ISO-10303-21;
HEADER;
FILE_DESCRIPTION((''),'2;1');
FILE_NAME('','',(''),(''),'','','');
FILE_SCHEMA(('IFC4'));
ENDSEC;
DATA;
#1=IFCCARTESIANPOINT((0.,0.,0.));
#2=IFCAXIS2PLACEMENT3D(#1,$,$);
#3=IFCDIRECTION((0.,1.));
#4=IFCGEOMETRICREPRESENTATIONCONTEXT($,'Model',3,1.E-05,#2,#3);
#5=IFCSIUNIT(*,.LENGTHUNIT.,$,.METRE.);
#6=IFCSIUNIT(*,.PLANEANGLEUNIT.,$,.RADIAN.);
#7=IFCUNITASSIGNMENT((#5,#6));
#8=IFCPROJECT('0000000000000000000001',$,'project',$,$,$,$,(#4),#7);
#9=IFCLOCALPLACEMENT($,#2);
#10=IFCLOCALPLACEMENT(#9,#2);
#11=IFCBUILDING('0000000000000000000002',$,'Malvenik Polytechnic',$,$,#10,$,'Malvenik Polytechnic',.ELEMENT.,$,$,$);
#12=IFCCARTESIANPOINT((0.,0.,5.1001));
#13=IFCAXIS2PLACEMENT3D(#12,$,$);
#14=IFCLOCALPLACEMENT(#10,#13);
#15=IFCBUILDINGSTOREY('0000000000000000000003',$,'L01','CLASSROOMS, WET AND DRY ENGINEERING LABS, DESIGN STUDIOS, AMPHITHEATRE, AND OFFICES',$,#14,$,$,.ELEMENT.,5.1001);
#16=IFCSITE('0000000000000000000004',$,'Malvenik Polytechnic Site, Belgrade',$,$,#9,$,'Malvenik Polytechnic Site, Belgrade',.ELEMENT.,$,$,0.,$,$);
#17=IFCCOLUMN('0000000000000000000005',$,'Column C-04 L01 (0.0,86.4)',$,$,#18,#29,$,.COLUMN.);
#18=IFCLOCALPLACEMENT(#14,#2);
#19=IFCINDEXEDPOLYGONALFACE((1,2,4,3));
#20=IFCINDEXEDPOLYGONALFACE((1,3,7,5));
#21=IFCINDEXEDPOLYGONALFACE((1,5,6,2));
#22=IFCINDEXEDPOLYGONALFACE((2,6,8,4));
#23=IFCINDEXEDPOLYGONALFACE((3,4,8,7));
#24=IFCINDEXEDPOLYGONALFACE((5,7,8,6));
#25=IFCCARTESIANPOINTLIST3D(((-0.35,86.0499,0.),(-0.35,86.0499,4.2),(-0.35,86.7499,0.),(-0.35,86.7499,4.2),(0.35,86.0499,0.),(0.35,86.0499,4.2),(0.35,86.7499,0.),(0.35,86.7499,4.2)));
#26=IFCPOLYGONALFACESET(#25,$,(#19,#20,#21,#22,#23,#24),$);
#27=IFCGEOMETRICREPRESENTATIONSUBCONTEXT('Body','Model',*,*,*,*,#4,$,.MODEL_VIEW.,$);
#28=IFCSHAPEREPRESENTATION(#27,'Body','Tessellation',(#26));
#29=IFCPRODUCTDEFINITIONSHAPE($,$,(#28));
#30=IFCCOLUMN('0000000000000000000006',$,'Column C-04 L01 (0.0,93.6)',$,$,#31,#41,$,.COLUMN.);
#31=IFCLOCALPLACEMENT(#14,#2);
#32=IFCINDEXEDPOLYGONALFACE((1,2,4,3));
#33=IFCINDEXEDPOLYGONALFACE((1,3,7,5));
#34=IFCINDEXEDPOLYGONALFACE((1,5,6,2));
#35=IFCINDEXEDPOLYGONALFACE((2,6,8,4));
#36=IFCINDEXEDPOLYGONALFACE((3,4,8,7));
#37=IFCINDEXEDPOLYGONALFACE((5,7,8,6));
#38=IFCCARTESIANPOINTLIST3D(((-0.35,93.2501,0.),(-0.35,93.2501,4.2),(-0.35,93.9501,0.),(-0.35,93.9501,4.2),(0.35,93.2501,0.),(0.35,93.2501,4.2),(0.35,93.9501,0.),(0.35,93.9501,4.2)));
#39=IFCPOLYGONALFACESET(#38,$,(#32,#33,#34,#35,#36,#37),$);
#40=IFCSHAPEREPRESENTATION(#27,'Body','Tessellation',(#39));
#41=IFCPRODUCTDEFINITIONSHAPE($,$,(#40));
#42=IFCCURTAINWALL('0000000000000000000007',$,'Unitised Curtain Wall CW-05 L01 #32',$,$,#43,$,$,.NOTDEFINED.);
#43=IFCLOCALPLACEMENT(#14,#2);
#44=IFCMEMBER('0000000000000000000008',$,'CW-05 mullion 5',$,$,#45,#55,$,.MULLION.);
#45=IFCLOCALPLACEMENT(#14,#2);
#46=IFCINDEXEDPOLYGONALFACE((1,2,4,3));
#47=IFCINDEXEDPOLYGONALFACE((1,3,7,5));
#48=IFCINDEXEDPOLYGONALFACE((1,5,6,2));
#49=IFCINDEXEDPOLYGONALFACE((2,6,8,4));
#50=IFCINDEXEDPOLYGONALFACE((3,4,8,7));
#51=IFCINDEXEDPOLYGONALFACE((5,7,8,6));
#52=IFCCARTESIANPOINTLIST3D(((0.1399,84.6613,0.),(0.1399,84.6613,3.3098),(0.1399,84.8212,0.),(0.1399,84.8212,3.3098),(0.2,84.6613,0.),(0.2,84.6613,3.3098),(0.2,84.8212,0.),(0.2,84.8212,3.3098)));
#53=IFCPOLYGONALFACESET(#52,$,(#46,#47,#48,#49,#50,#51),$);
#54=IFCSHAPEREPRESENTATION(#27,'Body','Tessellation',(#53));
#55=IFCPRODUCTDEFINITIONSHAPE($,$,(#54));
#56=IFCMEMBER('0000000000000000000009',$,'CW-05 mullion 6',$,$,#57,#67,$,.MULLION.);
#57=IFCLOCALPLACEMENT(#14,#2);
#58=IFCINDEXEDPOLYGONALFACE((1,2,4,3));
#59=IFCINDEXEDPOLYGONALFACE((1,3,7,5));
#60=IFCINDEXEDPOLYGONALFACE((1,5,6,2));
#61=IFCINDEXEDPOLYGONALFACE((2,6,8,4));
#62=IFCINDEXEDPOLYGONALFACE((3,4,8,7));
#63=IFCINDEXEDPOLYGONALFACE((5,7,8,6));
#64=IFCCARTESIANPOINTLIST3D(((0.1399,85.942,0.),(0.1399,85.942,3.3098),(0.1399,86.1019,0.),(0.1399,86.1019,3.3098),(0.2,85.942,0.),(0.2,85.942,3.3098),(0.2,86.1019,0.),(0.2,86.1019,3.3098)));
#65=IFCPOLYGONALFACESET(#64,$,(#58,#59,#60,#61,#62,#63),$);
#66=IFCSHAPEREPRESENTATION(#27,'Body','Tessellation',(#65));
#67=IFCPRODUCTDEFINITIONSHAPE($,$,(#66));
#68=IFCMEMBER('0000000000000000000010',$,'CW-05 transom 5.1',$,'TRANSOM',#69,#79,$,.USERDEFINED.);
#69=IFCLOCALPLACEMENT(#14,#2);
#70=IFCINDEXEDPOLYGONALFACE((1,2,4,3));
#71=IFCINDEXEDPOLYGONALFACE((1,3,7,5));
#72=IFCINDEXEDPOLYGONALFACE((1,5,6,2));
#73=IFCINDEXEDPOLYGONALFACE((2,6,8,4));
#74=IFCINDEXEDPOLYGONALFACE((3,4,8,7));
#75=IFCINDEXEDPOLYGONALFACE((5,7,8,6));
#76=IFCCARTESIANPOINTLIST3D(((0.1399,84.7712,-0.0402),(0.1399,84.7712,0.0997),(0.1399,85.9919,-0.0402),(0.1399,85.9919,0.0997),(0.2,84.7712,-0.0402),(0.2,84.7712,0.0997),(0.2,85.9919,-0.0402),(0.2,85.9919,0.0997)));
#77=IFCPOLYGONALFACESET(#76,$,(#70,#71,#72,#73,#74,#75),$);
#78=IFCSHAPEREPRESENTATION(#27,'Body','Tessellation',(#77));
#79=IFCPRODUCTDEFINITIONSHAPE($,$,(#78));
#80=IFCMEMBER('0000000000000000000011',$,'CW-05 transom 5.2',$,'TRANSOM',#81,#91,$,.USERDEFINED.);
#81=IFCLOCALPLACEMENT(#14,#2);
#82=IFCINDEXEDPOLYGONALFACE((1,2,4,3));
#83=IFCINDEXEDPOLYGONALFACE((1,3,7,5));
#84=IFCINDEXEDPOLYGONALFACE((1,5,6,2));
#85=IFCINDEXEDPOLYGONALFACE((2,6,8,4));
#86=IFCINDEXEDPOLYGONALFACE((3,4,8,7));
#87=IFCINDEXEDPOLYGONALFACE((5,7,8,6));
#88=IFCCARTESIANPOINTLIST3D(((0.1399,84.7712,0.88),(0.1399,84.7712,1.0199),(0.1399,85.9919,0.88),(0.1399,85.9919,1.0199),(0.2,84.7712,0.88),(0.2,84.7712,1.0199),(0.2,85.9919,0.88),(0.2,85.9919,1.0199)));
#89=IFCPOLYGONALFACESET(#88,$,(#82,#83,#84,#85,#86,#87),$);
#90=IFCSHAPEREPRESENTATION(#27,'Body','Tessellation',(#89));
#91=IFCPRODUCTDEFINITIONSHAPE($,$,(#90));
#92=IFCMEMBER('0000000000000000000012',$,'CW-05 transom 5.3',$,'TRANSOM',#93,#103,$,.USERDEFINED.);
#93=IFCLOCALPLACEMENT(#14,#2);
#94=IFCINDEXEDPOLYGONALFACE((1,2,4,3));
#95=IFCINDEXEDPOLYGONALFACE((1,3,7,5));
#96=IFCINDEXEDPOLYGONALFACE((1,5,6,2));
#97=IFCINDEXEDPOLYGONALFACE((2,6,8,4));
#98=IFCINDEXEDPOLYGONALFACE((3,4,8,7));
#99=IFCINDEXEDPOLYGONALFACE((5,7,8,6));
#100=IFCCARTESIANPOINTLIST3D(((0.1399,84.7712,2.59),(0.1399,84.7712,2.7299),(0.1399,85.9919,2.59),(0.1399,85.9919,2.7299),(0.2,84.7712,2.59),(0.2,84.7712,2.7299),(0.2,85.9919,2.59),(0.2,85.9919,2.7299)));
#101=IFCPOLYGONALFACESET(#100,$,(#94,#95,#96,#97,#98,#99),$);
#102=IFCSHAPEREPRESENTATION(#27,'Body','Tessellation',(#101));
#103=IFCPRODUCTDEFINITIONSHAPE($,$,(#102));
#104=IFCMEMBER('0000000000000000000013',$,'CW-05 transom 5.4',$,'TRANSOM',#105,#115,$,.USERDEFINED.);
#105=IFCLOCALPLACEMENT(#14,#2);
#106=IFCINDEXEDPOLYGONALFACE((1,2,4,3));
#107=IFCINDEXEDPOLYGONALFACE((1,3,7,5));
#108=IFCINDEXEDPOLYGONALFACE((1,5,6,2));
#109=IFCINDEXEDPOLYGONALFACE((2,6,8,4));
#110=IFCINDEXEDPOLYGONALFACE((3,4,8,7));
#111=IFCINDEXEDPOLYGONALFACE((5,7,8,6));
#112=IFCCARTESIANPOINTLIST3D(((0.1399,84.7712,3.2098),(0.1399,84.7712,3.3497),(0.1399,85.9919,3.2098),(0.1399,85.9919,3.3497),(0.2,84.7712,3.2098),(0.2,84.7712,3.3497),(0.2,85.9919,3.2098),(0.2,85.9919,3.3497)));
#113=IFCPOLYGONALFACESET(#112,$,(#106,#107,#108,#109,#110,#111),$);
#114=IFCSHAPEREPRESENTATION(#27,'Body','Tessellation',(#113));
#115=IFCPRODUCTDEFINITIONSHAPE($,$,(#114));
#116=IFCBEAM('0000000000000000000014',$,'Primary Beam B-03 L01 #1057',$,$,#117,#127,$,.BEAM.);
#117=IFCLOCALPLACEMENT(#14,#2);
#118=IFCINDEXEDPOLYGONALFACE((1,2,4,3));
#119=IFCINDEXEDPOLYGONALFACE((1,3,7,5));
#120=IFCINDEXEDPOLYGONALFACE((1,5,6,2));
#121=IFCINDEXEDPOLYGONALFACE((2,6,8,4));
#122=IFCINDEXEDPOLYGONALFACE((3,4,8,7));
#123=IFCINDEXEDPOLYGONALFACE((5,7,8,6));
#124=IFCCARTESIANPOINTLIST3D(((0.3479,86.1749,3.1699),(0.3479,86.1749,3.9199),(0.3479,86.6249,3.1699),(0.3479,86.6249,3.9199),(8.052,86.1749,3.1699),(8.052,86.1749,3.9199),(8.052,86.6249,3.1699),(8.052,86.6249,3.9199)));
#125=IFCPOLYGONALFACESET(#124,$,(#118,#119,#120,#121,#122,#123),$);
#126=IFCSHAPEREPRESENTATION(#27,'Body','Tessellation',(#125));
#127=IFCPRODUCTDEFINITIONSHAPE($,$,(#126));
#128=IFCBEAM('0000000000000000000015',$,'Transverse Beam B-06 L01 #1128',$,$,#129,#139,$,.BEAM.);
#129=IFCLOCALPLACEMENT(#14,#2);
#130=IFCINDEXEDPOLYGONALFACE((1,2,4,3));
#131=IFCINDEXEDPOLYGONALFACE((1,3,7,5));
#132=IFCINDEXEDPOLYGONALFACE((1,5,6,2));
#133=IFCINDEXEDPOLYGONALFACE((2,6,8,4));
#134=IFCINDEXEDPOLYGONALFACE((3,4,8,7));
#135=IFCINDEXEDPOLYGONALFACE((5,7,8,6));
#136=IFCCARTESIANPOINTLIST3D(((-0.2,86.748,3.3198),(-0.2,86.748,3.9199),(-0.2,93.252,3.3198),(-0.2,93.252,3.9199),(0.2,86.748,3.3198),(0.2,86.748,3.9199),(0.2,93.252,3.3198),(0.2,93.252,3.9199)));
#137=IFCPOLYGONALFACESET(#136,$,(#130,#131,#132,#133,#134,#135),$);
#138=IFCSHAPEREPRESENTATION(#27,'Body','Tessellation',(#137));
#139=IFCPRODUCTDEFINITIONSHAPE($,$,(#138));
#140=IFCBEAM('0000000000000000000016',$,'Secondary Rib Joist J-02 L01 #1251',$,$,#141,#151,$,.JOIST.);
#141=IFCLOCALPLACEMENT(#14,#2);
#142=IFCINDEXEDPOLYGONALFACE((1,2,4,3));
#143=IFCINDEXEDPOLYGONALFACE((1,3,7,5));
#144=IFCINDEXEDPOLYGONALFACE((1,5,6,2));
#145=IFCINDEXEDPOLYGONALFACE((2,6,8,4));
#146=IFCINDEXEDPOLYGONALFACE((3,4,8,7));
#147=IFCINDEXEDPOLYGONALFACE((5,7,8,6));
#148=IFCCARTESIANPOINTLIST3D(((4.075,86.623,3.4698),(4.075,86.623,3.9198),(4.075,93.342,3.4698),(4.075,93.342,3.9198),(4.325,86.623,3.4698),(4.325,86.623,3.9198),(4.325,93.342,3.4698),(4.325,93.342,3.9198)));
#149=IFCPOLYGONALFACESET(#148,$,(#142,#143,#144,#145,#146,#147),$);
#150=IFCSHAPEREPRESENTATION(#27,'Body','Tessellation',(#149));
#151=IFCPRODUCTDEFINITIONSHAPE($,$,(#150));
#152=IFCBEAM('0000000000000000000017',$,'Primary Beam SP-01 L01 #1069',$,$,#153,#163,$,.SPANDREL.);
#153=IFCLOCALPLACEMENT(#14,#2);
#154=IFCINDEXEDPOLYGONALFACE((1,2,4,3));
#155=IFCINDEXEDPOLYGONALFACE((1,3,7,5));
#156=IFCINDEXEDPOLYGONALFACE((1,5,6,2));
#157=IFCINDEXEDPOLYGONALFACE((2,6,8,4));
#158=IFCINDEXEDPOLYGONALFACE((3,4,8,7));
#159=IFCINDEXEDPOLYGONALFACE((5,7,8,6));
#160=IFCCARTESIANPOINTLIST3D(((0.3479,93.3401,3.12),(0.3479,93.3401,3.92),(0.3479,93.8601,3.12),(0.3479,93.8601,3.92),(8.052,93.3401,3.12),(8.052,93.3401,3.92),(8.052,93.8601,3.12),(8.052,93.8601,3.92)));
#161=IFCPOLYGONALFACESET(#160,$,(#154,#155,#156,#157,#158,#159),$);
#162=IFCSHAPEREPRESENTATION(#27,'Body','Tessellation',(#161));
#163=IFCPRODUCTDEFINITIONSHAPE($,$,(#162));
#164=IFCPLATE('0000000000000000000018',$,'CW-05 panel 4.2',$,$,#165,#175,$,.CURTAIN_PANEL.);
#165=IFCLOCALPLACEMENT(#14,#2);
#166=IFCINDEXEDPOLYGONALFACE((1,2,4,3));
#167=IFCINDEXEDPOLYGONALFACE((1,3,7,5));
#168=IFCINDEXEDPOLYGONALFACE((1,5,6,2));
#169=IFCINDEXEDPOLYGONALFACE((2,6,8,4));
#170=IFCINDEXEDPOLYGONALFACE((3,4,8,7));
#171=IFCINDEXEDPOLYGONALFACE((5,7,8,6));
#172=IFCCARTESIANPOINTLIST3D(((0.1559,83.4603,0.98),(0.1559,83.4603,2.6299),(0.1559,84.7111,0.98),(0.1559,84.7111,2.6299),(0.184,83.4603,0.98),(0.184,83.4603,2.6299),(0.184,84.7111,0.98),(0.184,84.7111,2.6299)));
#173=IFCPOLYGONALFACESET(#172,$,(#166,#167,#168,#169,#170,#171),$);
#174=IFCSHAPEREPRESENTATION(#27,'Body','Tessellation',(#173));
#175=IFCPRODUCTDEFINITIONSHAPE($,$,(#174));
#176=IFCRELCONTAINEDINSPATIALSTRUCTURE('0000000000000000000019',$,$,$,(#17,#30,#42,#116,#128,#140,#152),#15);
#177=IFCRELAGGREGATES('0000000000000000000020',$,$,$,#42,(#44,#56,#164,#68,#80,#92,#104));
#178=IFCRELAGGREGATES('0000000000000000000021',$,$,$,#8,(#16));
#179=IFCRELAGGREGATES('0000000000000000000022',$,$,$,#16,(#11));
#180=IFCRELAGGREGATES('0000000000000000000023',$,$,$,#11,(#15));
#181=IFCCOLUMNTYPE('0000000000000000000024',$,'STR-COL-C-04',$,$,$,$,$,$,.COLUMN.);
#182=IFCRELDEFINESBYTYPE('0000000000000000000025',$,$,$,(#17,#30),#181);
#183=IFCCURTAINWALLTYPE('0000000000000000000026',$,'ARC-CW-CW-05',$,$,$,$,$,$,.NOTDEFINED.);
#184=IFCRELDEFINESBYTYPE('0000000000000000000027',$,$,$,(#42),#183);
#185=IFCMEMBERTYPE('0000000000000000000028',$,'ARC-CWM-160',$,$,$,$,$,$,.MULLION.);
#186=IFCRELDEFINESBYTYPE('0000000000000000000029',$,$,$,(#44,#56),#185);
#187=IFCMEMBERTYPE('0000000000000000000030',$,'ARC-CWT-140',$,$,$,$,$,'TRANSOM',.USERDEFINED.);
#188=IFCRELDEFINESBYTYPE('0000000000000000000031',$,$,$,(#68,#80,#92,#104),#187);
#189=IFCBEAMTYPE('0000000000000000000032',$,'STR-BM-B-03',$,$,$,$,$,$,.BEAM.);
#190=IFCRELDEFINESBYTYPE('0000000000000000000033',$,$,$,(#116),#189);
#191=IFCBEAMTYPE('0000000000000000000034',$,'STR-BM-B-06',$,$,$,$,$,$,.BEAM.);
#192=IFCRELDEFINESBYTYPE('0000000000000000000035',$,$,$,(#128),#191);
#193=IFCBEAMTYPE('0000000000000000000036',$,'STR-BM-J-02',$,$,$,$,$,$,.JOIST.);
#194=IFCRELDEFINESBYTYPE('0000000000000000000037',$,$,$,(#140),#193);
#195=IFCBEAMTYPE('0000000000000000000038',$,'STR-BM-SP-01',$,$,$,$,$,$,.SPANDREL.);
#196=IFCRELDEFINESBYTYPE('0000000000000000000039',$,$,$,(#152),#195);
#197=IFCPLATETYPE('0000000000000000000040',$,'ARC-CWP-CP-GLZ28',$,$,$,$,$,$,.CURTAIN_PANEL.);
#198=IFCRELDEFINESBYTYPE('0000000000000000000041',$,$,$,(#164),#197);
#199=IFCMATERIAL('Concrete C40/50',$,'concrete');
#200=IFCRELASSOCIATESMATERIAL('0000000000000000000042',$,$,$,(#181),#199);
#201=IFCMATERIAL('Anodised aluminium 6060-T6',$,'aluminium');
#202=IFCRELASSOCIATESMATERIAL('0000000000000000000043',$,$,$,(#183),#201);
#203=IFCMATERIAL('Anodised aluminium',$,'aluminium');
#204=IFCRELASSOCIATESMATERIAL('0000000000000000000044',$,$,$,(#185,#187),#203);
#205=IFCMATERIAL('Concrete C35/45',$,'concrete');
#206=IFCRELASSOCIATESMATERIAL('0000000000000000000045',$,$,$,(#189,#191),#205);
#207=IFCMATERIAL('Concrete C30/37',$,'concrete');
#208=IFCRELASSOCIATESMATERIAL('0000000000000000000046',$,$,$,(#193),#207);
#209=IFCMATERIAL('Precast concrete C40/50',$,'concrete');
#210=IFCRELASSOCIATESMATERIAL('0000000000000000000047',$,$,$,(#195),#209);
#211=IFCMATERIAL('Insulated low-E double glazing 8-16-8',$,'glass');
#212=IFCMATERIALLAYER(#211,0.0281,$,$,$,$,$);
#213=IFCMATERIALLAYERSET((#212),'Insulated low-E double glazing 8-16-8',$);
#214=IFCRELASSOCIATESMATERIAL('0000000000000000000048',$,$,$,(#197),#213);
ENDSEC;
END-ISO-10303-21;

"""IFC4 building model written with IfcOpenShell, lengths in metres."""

from ifc_helpers import new_model, si_unit, direction, frame, origin, origin_2d, place, context, subcontext, project, spatial, rectangle, extrude, material, layer, layer_set, material_profile, profile_set, type_object, element, aggregate, save


model = new_model("IFC4")

# Units and contexts
model_context = context("Model", 3, precision=1e-05, world=origin(), true_north=direction((0.0, 1.0)))
body_context = subcontext(model_context, "Body", "Model", "MODEL_VIEW")
ifc_project = project(units=[si_unit("LENGTHUNIT", "METRE"), si_unit("PLANEANGLEUNIT", "RADIAN")], contexts=[model_context])

# Site, building, storey
site_placement = place(None, origin())
site = spatial("IfcSite", under=ifc_project, at=site_placement, Name="Malvenik Polytechnic Site, Belgrade", LongName="Malvenik Polytechnic Site, Belgrade", CompositionType="ELEMENT", RefElevation=0.0)
building_placement = place(site_placement, origin())
building = spatial("IfcBuilding", under=site, at=building_placement, Name="Malvenik Polytechnic", LongName="Malvenik Polytechnic", CompositionType="ELEMENT")
storey_placement = place(building_placement, frame((0.0, 0.0, 5.1001)))
storey = spatial("IfcBuildingStorey", under=building, at=storey_placement, Name="L01", Description="CLASSROOMS, WET AND DRY ENGINEERING LABS, DESIGN STUDIOS, AMPHITHEATRE, AND OFFICES", CompositionType="ELEMENT", Elevation=5.1001)

# Columns
ifc_material_1 = material(Name="Concrete C40/50", Category="concrete")
ifc_material_profile_1 = material_profile(ifc_material_1, rectangle(XDim=0.7, YDim=0.7, at=origin_2d()), Name="RC COL 700x700")
ifc_profile_set_1 = profile_set([ifc_material_profile_1], Name="Concrete C40/50")
column_type = type_object("IfcColumnType", Name="STR-COL-C-04", PredefinedType="COLUMN", material=ifc_profile_set_1)
for number, where, z_axis, x_axis, name in (
    (1, (0.0, 86.3999, 0.0), (0.0, 0.0, 1.0), (1.0, 0.0, 0.0), "Column C-04 L01 (0.0,86.4)"),
    (2, (0.0, 93.6001, 0.0), (0.0, 0.0, 1.0), (1.0, 0.0, 0.0), "Column C-04 L01 (0.0,93.6)"),
):
    element("IfcColumn", number, at=place(storey_placement, frame(where, z_axis=z_axis, x_axis=x_axis)), inside=storey, type_object=column_type, Name=name, PredefinedType="COLUMN", context=body_context, shape_type="SweptSolid", body=[
        extrude(rectangle(XDim=0.7, YDim=0.7, at=origin_2d()), origin(), (0.0, 0.0, 1.0), 4.2),
    ])

# Curtain wall, members
ifc_material_2 = material(Name="Anodised aluminium 6060-T6", Category="aluminium")
curtain_wall_type = type_object("IfcCurtainWallType", Name="ARC-CW-CW-05", PredefinedType="NOTDEFINED", material=ifc_material_2)
curtain_wall_placement = place(storey_placement, origin())
curtain_wall = element("IfcCurtainWall", 3, at=curtain_wall_placement, inside=storey, type_object=curtain_wall_type, Name="Unitised Curtain Wall CW-05 L01 #32", PredefinedType="NOTDEFINED")
ifc_material_3 = material(Name="Anodised aluminium", Category="aluminium")
ifc_material_profile_2 = material_profile(ifc_material_3, rectangle(XDim=0.0601, YDim=0.1599, at=origin_2d()), Name="ALU MULLION 60x160")
ifc_profile_set_2 = profile_set([ifc_material_profile_2], Name="Anodised aluminium")
member_type_1 = type_object("IfcMemberType", Name="ARC-CWM-160", PredefinedType="MULLION", material=ifc_profile_set_2)
member_1_placement = place(storey_placement, frame((0.1699, 84.7412, 0.0), z_axis=(0.0, 0.0, 1.0), x_axis=(-1.0, 0.0, 0.0)))
member_1 = element("IfcMember", 4, at=member_1_placement, type_object=member_type_1, Name="CW-05 mullion 5", PredefinedType="MULLION", context=body_context, shape_type="SweptSolid", body=[
    extrude(rectangle(XDim=0.0601, YDim=0.1599, at=origin_2d()), origin(), (0.0, 0.0, 1.0), 3.3098),
])
member_2_placement = place(storey_placement, frame((0.1699, 86.022, 0.0), z_axis=(0.0, 0.0, 1.0), x_axis=(-1.0, 0.0, 0.0)))
member_2 = element("IfcMember", 5, at=member_2_placement, type_object=member_type_1, Name="CW-05 mullion 6", PredefinedType="MULLION", context=body_context, shape_type="SweptSolid", body=[
    extrude(rectangle(XDim=0.0601, YDim=0.1599, at=origin_2d()), origin(), (0.0, 0.0, 1.0), 3.3098),
])
ifc_material_profile_3 = material_profile(ifc_material_3, rectangle(XDim=0.0601, YDim=0.1399, at=origin_2d()), Name="ALU TRANSOM 60x140")
ifc_profile_set_3 = profile_set([ifc_material_profile_3], Name="Anodised aluminium")
member_type_2 = type_object("IfcMemberType", Name="ARC-CWT-140", ElementType="TRANSOM", PredefinedType="USERDEFINED", material=ifc_profile_set_3)
member_3_placement = place(storey_placement, frame((0.1699, 84.7712, 0.0298), z_axis=(0.0, 1.0, 0.0), x_axis=(-1.0, 0.0, 0.0)))
member_3 = element("IfcMember", 6, at=member_3_placement, type_object=member_type_2, Name="CW-05 transom 5.1", ObjectType="TRANSOM", PredefinedType="USERDEFINED", context=body_context, shape_type="SweptSolid", body=[
    extrude(rectangle(XDim=0.0601, YDim=0.1399, at=origin_2d()), origin(), (0.0, 0.0, 1.0), 1.2207),
])
member_4_placement = place(storey_placement, frame((0.1699, 84.7712, 0.95), z_axis=(0.0, 1.0, 0.0), x_axis=(-1.0, 0.0, 0.0)))
member_4 = element("IfcMember", 7, at=member_4_placement, type_object=member_type_2, Name="CW-05 transom 5.2", ObjectType="TRANSOM", PredefinedType="USERDEFINED", context=body_context, shape_type="SweptSolid", body=[
    extrude(rectangle(XDim=0.0601, YDim=0.1399, at=origin_2d()), origin(), (0.0, 0.0, 1.0), 1.2207),
])
member_5_placement = place(storey_placement, frame((0.1699, 84.7712, 2.6599), z_axis=(0.0, 1.0, 0.0), x_axis=(-1.0, 0.0, 0.0)))
member_5 = element("IfcMember", 8, at=member_5_placement, type_object=member_type_2, Name="CW-05 transom 5.3", ObjectType="TRANSOM", PredefinedType="USERDEFINED", context=body_context, shape_type="SweptSolid", body=[
    extrude(rectangle(XDim=0.0601, YDim=0.1399, at=origin_2d()), origin(), (0.0, 0.0, 1.0), 1.2207),
])
member_6_placement = place(storey_placement, frame((0.1699, 84.7712, 3.2798), z_axis=(0.0, 1.0, 0.0), x_axis=(-1.0, 0.0, 0.0)))
member_6 = element("IfcMember", 9, at=member_6_placement, type_object=member_type_2, Name="CW-05 transom 5.4", ObjectType="TRANSOM", PredefinedType="USERDEFINED", context=body_context, shape_type="SweptSolid", body=[
    extrude(rectangle(XDim=0.0601, YDim=0.1399, at=origin_2d()), origin(), (0.0, 0.0, 1.0), 1.2207),
])

# Beams
ifc_material_4 = material(Name="Concrete C35/45", Category="concrete")
ifc_material_profile_4 = material_profile(ifc_material_4, rectangle(XDim=0.45, YDim=0.75, at=origin_2d()), Name="RC BM 450x750")
ifc_profile_set_4 = profile_set([ifc_material_profile_4], Name="Concrete C35/45")
beam_type_1 = type_object("IfcBeamType", Name="STR-BM-B-03", PredefinedType="BEAM", material=ifc_profile_set_4)
beam_1_placement = place(storey_placement, frame((0.3479, 86.3999, 3.5449), z_axis=(1.0, 0.0, 0.0), x_axis=(0.0, 1.0, 0.0)))
element("IfcBeam", 10, at=beam_1_placement, inside=storey, type_object=beam_type_1, Name="Primary Beam B-03 L01 #1057", PredefinedType="BEAM", context=body_context, shape_type="SweptSolid", body=[
    extrude(rectangle(XDim=0.45, YDim=0.75, at=origin_2d()), origin(), (0.0, 0.0, 1.0), 7.7041),
])
ifc_material_profile_5 = material_profile(ifc_material_4, rectangle(XDim=0.3999, YDim=0.6001, at=origin_2d()), Name="RC BM 400x600")
ifc_profile_set_5 = profile_set([ifc_material_profile_5], Name="Concrete C35/45")
beam_type_2 = type_object("IfcBeamType", Name="STR-BM-B-06", PredefinedType="BEAM", material=ifc_profile_set_5)
beam_2_placement = place(storey_placement, frame((0.0, 86.748, 3.6199), z_axis=(0.0, 1.0, 0.0), x_axis=(-1.0, 0.0, 0.0)))
element("IfcBeam", 11, at=beam_2_placement, inside=storey, type_object=beam_type_2, Name="Transverse Beam B-06 L01 #1128", PredefinedType="BEAM", context=body_context, shape_type="SweptSolid", body=[
    extrude(rectangle(XDim=0.3999, YDim=0.6001, at=origin_2d()), origin(), (0.0, 0.0, 1.0), 6.5039),
])
ifc_material_5 = material(Name="Concrete C30/37", Category="concrete")
ifc_material_profile_6 = material_profile(ifc_material_5, rectangle(XDim=0.25, YDim=0.45, at=origin_2d()), Name="RC JST 250x450")
ifc_profile_set_6 = profile_set([ifc_material_profile_6], Name="Concrete C30/37")
beam_type_3 = type_object("IfcBeamType", Name="STR-BM-J-02", PredefinedType="JOIST", material=ifc_profile_set_6)
beam_3_placement = place(storey_placement, frame((4.2, 86.623, 3.6948), z_axis=(0.0, 1.0, 0.0), x_axis=(-1.0, 0.0, 0.0)))
element("IfcBeam", 12, at=beam_3_placement, inside=storey, type_object=beam_type_3, Name="Secondary Rib Joist J-02 L01 #1251", PredefinedType="JOIST", context=body_context, shape_type="SweptSolid", body=[
    extrude(rectangle(XDim=0.25, YDim=0.45, at=origin_2d()), origin(), (0.0, 0.0, 1.0), 6.719),
])
ifc_material_6 = material(Name="Precast concrete C40/50", Category="concrete")
ifc_material_profile_7 = material_profile(ifc_material_6, rectangle(XDim=0.52, YDim=0.8, at=origin_2d()), Name="PC SPN 520x800")
ifc_profile_set_7 = profile_set([ifc_material_profile_7], Name="Precast concrete C40/50")
beam_type_4 = type_object("IfcBeamType", Name="STR-BM-SP-01", PredefinedType="SPANDREL", material=ifc_profile_set_7)
beam_4_placement = place(storey_placement, frame((0.3479, 93.6001, 3.52), z_axis=(1.0, 0.0, 0.0), x_axis=(0.0, 1.0, 0.0)))
element("IfcBeam", 13, at=beam_4_placement, inside=storey, type_object=beam_type_4, Name="Primary Beam SP-01 L01 #1069", PredefinedType="SPANDREL", context=body_context, shape_type="SweptSolid", body=[
    extrude(rectangle(XDim=0.52, YDim=0.8, at=origin_2d()), origin(), (0.0, 0.0, 1.0), 7.7041),
])

# Plate
ifc_material_7 = material(Name="Insulated low-E double glazing 8-16-8", Category="glass")
ifc_layer_1 = layer(ifc_material_7, 0.0281)
ifc_layer_set_1 = layer_set([ifc_layer_1], Name="Insulated low-E double glazing 8-16-8")
plate_type_1 = type_object("IfcPlateType", Name="ARC-CWP-CP-GLZ28", PredefinedType="CURTAIN_PANEL", material=ifc_layer_set_1)
plate_1_placement = place(storey_placement, frame((0.1699, 84.0857, 0.98), z_axis=(0.0, 0.0, 1.0), x_axis=(0.0, 1.0, 0.0)))
plate_1 = element("IfcPlate", 14, at=plate_1_placement, type_object=plate_type_1, Name="CW-05 panel 4.2", PredefinedType="CURTAIN_PANEL", context=body_context, shape_type="SweptSolid", body=[
    extrude(rectangle(XDim=1.2507, YDim=0.0281, at=origin_2d()), origin(), (0.0, 0.0, 1.0), 1.6499),
])
aggregate(curtain_wall, [member_1, member_2, plate_1, member_3, member_4, member_5, member_6])

save(model, "model.ifc")
